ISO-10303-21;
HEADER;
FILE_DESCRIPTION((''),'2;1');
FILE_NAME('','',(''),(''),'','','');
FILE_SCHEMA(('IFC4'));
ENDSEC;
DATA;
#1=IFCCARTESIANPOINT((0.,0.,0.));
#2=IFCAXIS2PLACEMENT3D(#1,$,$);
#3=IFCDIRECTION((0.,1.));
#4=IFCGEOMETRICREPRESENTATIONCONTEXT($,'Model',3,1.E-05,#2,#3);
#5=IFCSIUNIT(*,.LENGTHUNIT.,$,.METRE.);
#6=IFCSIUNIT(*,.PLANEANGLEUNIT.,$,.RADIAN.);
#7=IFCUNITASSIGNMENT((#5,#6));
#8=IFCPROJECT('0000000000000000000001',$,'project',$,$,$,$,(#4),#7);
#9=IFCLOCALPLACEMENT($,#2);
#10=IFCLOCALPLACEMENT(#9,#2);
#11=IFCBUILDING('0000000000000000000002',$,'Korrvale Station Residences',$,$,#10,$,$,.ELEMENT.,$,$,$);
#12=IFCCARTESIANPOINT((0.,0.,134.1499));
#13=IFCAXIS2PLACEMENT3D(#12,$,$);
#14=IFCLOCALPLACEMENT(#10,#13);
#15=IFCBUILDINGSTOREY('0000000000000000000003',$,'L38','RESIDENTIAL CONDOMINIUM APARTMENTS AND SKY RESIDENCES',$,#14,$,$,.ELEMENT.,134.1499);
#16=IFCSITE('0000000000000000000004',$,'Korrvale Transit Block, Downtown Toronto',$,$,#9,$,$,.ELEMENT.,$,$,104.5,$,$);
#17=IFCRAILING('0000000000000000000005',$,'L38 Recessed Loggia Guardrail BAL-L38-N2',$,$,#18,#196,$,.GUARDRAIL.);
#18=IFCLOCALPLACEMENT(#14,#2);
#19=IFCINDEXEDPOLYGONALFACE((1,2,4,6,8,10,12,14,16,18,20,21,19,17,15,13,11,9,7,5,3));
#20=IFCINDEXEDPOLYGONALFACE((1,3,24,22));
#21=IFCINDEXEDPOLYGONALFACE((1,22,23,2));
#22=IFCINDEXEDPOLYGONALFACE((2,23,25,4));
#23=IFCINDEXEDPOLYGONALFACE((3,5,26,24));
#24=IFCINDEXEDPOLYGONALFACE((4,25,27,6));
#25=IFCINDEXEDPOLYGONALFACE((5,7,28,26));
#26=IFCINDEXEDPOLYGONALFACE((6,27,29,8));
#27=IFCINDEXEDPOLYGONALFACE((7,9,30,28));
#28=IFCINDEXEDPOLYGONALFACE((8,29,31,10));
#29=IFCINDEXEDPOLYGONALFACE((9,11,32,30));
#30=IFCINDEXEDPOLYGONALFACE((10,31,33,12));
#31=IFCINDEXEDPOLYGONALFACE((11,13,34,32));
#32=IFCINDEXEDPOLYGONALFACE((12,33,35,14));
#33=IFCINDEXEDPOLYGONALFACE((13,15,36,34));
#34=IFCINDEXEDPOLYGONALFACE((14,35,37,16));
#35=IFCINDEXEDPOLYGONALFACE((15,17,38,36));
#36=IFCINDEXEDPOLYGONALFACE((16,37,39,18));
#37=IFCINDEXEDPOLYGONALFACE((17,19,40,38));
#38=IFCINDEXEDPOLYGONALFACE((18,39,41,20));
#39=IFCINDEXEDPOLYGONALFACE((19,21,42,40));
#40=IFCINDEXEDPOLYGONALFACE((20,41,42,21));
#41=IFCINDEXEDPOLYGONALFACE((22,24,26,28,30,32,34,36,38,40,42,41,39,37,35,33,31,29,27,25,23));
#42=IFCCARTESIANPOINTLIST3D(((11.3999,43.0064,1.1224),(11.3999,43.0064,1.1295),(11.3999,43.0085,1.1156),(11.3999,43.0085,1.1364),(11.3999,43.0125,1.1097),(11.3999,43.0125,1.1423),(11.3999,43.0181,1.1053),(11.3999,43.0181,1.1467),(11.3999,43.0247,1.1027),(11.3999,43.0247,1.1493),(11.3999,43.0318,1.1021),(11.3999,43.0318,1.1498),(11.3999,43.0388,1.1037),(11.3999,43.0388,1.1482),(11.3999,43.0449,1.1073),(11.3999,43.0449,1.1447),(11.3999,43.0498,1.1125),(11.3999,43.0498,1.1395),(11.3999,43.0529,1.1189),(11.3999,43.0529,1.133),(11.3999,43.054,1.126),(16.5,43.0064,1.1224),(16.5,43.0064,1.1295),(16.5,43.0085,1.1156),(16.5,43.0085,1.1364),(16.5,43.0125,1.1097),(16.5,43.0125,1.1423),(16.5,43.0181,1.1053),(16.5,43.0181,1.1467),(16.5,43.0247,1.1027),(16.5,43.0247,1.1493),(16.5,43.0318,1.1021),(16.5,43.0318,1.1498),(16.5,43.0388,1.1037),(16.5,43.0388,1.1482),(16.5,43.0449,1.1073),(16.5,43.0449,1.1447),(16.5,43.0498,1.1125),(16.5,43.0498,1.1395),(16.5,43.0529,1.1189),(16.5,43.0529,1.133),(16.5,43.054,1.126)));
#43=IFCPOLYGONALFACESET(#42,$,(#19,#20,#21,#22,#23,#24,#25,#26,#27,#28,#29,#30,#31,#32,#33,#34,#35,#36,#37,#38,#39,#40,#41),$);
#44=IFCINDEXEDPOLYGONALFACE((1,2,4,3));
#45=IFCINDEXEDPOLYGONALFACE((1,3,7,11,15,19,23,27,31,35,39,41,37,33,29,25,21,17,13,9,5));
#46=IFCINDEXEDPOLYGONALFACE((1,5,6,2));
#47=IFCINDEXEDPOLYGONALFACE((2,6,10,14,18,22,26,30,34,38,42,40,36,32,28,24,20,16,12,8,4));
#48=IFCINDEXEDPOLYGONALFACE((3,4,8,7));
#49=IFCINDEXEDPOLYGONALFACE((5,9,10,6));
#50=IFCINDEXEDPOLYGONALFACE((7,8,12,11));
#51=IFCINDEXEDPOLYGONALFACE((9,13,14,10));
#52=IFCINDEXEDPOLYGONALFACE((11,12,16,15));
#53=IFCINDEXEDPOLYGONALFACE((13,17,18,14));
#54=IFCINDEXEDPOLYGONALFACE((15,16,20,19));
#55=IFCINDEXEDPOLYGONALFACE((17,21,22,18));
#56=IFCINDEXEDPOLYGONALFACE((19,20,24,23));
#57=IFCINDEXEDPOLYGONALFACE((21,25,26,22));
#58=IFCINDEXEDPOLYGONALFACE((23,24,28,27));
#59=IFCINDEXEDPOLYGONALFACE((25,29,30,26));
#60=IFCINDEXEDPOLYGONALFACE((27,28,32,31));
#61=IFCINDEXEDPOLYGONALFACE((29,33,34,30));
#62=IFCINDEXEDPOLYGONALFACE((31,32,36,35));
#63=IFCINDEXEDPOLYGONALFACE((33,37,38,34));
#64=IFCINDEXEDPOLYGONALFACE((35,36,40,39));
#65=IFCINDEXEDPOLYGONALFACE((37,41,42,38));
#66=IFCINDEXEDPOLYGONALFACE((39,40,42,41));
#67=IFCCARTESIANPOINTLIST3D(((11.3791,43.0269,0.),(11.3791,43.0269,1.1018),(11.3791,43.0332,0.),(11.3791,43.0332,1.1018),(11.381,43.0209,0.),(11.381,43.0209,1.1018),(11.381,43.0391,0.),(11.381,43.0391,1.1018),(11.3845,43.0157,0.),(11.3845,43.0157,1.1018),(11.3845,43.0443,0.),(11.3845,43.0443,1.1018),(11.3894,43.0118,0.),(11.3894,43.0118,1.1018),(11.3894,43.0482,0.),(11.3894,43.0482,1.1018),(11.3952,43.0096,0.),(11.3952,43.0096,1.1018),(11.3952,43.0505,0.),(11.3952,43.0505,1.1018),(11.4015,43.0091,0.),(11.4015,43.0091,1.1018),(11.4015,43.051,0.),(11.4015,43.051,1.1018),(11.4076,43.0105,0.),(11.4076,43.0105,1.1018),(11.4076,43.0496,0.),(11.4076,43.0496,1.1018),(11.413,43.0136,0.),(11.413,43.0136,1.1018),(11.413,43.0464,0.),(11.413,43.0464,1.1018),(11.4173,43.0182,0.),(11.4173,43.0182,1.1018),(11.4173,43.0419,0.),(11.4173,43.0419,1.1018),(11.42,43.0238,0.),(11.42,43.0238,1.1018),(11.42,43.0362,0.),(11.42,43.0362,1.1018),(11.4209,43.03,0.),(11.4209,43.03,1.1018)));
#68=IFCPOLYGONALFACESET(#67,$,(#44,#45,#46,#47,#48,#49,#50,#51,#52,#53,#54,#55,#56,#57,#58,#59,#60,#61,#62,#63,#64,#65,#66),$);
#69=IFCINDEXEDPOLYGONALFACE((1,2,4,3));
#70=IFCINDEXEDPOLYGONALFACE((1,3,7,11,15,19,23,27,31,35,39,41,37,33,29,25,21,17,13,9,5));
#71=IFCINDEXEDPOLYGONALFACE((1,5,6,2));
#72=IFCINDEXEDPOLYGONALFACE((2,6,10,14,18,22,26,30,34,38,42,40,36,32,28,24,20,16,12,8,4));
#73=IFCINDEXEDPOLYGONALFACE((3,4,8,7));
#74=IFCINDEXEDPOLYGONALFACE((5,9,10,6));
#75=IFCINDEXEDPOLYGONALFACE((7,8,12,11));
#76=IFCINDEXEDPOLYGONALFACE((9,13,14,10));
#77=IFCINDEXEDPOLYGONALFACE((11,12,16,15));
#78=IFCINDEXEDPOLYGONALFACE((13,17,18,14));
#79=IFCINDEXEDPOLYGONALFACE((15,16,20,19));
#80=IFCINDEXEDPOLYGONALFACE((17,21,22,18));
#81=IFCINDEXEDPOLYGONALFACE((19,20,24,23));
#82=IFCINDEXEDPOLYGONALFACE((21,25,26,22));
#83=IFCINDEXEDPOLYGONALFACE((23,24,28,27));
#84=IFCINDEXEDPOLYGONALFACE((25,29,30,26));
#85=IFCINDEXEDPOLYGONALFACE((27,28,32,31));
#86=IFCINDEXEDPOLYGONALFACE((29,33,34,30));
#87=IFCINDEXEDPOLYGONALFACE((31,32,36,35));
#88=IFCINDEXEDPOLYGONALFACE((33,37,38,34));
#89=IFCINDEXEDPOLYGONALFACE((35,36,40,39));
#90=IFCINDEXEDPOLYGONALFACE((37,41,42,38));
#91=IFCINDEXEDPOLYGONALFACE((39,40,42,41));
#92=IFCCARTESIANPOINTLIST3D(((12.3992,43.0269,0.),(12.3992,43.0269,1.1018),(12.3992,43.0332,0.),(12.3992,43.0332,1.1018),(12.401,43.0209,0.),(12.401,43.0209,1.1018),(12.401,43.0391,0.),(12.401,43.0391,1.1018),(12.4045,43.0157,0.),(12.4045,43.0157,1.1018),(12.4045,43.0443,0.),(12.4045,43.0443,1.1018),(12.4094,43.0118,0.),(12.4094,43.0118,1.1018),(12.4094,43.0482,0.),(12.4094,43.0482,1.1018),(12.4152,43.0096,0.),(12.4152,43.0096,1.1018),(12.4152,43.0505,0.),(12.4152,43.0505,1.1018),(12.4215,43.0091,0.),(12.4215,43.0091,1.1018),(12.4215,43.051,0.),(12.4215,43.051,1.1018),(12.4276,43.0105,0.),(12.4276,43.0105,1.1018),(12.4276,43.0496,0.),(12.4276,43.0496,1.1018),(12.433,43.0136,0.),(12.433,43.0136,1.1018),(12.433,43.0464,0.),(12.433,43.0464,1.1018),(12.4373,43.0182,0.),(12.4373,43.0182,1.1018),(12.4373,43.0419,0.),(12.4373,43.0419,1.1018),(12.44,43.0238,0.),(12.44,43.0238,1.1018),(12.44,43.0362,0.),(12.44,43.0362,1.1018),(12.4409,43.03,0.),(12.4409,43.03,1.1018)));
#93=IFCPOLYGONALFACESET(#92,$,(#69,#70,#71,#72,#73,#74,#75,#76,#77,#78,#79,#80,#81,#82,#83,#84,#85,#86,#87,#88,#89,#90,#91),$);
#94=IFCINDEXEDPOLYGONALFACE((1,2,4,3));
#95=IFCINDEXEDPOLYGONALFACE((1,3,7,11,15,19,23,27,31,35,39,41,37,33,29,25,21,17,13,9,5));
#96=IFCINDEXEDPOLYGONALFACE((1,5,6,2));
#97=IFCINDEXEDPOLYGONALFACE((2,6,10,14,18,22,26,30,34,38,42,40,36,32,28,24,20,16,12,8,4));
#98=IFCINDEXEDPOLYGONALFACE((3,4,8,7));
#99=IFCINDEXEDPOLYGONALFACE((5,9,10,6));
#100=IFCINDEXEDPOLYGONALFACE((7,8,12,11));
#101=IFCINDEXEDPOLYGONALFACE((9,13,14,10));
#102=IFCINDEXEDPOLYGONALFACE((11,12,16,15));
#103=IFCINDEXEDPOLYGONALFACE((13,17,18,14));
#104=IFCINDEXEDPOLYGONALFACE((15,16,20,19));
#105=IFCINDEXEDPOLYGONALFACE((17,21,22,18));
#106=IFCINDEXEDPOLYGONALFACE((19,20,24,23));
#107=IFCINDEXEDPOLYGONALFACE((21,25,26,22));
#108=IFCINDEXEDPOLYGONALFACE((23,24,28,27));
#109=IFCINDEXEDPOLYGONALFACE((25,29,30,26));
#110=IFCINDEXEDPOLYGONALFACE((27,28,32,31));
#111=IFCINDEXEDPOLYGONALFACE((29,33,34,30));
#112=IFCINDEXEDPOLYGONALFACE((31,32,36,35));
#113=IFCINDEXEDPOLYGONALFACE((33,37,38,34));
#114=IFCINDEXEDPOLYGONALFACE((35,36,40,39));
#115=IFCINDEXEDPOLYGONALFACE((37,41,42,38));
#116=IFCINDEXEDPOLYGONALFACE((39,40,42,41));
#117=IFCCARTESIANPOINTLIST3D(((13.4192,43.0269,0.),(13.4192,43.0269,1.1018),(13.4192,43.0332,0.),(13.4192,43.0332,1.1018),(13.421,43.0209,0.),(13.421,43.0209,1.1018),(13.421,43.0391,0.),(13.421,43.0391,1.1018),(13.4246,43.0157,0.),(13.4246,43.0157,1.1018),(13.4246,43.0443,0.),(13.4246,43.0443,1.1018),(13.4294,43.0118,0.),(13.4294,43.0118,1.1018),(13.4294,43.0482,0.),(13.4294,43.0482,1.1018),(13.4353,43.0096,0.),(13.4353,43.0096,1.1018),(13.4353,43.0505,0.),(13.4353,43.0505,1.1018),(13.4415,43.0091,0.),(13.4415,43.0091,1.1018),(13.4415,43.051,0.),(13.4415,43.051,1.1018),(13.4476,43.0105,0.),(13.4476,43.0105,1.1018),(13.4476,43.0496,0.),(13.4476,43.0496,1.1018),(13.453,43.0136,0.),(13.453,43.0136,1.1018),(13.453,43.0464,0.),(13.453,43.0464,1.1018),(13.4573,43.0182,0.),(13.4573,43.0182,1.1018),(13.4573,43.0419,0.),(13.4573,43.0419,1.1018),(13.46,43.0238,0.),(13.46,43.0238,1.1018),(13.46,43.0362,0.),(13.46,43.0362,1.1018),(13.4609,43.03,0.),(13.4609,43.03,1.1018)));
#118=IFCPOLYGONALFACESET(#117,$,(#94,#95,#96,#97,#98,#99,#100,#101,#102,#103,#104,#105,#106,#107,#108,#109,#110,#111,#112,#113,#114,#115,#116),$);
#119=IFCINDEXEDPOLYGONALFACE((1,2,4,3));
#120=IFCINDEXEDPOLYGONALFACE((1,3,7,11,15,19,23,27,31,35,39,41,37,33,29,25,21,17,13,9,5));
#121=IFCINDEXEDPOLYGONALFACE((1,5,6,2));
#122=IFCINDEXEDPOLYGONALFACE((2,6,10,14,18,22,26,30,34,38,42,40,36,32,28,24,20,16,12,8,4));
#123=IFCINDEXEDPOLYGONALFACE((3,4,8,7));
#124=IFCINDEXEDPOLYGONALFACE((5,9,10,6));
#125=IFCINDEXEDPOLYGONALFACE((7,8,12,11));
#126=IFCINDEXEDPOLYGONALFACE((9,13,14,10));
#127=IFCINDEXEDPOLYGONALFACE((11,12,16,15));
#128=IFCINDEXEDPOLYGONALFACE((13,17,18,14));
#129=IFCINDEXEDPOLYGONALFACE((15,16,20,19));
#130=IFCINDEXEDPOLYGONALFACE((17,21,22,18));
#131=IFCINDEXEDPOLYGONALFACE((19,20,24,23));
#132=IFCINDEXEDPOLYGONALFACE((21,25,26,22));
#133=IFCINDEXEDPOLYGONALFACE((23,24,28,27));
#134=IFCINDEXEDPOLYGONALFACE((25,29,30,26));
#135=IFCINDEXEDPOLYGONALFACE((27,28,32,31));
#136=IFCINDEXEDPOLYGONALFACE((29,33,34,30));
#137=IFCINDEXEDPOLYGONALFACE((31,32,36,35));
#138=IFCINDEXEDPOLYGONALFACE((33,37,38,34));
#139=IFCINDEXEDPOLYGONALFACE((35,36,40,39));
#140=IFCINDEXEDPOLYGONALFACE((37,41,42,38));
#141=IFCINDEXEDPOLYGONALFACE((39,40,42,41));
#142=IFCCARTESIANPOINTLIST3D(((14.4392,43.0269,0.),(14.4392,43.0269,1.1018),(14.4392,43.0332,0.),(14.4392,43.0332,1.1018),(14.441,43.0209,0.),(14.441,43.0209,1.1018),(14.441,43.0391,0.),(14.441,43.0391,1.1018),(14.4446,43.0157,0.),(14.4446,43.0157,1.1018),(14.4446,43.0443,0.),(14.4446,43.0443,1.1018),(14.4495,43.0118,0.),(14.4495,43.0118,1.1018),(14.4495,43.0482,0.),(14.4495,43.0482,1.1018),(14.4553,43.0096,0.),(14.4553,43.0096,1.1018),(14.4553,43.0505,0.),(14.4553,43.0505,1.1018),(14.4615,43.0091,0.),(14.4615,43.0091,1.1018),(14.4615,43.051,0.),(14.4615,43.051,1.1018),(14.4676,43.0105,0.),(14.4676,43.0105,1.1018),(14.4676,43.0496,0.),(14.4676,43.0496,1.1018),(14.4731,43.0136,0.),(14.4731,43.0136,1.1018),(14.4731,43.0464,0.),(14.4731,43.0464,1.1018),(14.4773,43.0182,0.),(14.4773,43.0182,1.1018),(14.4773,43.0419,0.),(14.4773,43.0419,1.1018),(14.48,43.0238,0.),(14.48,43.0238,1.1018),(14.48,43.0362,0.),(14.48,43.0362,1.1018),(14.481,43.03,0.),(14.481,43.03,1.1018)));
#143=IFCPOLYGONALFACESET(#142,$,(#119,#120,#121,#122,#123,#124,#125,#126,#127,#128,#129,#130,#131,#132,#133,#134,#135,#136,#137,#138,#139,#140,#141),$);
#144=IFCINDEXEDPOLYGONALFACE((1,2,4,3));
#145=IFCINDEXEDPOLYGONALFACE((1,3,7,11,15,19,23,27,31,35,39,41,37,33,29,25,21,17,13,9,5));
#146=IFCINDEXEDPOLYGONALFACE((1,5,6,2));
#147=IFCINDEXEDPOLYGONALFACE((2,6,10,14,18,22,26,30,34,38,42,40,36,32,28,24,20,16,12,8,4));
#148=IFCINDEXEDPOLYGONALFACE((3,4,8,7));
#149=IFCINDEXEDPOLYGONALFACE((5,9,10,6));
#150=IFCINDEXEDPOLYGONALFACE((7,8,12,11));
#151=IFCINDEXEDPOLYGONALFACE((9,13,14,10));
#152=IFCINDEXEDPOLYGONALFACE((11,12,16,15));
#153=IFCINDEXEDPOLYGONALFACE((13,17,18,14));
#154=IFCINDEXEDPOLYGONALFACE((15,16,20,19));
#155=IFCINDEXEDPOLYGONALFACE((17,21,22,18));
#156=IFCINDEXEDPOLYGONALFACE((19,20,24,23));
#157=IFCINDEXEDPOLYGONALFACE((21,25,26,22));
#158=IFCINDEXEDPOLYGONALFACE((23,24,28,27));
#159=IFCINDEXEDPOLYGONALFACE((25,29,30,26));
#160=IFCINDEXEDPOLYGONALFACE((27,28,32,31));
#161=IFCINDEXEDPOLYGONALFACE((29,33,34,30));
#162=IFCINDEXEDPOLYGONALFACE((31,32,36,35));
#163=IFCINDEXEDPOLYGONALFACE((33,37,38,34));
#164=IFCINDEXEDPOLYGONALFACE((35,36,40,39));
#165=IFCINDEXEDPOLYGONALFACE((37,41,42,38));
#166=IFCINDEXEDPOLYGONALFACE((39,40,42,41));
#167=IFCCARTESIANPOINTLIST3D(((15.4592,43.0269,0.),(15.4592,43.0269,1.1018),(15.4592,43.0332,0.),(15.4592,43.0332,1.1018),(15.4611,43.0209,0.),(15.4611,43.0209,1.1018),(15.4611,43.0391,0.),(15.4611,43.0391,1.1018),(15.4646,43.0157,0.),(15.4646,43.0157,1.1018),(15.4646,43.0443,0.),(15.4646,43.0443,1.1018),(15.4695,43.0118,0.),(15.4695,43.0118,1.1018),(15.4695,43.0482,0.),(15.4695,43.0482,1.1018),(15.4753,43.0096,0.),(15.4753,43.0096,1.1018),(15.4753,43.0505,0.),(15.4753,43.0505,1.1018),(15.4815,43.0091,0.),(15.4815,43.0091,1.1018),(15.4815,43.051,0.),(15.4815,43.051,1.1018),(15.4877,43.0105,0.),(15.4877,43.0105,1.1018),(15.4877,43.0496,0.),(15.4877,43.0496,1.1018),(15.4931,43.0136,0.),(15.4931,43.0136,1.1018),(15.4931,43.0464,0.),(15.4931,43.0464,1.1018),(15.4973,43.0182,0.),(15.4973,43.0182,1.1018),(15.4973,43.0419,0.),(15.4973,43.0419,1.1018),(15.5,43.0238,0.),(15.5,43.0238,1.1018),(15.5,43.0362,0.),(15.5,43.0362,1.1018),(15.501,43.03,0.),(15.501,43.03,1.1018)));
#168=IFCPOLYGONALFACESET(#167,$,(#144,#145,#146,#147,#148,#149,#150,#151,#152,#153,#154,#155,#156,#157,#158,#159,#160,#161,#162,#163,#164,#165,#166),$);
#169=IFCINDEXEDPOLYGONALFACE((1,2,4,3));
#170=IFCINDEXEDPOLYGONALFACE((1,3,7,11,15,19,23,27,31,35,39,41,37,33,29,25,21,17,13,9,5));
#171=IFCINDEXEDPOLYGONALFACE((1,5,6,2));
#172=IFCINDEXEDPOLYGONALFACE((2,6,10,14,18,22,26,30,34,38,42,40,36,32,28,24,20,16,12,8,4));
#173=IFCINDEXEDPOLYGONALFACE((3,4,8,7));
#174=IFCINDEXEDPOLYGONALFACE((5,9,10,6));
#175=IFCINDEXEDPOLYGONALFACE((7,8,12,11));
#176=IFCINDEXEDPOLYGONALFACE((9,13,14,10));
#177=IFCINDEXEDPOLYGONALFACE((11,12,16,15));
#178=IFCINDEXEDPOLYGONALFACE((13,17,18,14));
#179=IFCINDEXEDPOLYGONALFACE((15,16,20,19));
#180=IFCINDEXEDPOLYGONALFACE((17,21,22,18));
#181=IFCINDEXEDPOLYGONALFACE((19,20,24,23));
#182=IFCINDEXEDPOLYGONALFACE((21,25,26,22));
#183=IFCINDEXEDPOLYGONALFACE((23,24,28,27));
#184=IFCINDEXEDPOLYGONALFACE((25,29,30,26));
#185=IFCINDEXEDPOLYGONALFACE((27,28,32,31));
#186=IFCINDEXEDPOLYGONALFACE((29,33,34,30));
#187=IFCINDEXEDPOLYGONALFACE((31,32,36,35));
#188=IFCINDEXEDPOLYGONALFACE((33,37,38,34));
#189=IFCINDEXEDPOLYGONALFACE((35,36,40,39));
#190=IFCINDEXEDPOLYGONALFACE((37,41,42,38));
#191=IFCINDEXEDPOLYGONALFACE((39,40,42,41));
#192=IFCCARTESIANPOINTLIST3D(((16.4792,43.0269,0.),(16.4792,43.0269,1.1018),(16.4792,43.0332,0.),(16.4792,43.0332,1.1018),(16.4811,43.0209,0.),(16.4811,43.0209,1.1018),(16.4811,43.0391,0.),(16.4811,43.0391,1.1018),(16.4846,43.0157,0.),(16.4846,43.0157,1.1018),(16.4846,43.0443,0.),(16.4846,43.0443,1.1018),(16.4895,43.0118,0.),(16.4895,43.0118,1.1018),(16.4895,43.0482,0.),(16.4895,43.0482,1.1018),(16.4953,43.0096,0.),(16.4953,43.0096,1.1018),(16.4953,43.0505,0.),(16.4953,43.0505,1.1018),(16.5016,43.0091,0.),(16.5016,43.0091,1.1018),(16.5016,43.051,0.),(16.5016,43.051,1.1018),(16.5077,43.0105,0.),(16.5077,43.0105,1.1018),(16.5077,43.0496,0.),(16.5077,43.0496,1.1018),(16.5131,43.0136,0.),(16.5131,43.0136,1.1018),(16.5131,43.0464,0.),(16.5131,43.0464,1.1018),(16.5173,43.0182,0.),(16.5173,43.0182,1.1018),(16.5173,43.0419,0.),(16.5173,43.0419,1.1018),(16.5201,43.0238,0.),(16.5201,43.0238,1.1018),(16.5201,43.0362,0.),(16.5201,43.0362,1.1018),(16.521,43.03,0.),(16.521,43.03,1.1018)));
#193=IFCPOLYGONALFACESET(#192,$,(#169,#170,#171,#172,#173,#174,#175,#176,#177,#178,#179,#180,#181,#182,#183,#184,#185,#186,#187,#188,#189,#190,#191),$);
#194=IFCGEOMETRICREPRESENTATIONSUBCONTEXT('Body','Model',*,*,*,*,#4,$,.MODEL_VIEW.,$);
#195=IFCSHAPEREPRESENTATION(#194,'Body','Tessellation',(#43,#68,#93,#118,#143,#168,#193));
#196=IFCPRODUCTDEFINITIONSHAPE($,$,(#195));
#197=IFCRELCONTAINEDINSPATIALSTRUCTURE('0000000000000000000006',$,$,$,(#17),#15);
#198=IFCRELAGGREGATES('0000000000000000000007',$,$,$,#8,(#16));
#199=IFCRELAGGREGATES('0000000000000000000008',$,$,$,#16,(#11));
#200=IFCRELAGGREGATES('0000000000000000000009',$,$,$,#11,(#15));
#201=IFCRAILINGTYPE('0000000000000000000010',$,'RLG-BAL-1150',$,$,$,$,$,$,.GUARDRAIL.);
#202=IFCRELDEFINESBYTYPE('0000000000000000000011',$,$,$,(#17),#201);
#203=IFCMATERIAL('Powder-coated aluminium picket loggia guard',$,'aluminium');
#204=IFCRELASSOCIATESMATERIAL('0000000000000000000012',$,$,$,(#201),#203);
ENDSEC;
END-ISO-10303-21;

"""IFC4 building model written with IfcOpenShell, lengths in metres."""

from ifc_helpers import new_model, si_unit, direction, frame, origin, origin_2d, place, context, subcontext, project, spatial, circle, extrude, material, type_object, element, save


model = new_model("IFC4")

# Units and contexts
model_context = context("Model", 3, precision=1e-05, world=origin(), true_north=direction((0.0, 1.0)))
body_context = subcontext(model_context, "Body", "Model", "MODEL_VIEW")
ifc_project = project(units=[si_unit("LENGTHUNIT", "METRE"), si_unit("PLANEANGLEUNIT", "RADIAN")], contexts=[model_context])

# Site, building, storey
site_placement = place(None, origin())
site = spatial("IfcSite", under=ifc_project, at=site_placement, Name="Korrvale Transit Block, Downtown Toronto", CompositionType="ELEMENT", RefElevation=104.5)
building_placement = place(site_placement, origin())
building = spatial("IfcBuilding", under=site, at=building_placement, Name="Korrvale Station Residences", CompositionType="ELEMENT")
storey_placement = place(building_placement, frame((0.0, 0.0, 134.1499)))
storey = spatial("IfcBuildingStorey", under=building, at=storey_placement, Name="L38", Description="RESIDENTIAL CONDOMINIUM APARTMENTS AND SKY RESIDENCES", CompositionType="ELEMENT", Elevation=134.1499)

# Railing
ifc_material_1 = material(Name="Powder-coated aluminium picket loggia guard", Category="aluminium")
railing_type = type_object("IfcRailingType", Name="RLG-BAL-1150", PredefinedType="GUARDRAIL", material=ifc_material_1)
railing_placement = place(storey_placement, frame((11.3999, 43.03, 0.0)))
element("IfcRailing", 1, at=railing_placement, inside=storey, type_object=railing_type, Name="L38 Recessed Loggia Guardrail BAL-L38-N2", PredefinedType="GUARDRAIL", context=body_context, shape_type="SweptSolid", body=[
    extrude(circle(Radius=0.0239, at=origin_2d()), frame((0.0, 0.0, 1.126), z_axis=(1.0, 0.0, 0.0), x_axis=(0.0, 1.0, 0.0)), (0.0, 0.0, 1.0), 5.1001),
    extrude(circle(Radius=0.021, at=origin_2d()), origin(), (0.0, 0.0, 1.0), 1.1018),
    extrude(circle(Radius=0.021, at=origin_2d()), frame((1.02, 0.0, 0.0)), (0.0, 0.0, 1.0), 1.1018),
    extrude(circle(Radius=0.021, at=origin_2d()), frame((2.04, 0.0, 0.0)), (0.0, 0.0, 1.0), 1.1018),
    extrude(circle(Radius=0.021, at=origin_2d()), frame((3.0601, 0.0, 0.0)), (0.0, 0.0, 1.0), 1.1018),
    extrude(circle(Radius=0.021, at=origin_2d()), frame((4.0801, 0.0, 0.0)), (0.0, 0.0, 1.0), 1.1018),
    extrude(circle(Radius=0.021, at=origin_2d()), frame((5.1001, 0.0, 0.0)), (0.0, 0.0, 1.0), 1.1018),
])

save(model, "model.ifc")
